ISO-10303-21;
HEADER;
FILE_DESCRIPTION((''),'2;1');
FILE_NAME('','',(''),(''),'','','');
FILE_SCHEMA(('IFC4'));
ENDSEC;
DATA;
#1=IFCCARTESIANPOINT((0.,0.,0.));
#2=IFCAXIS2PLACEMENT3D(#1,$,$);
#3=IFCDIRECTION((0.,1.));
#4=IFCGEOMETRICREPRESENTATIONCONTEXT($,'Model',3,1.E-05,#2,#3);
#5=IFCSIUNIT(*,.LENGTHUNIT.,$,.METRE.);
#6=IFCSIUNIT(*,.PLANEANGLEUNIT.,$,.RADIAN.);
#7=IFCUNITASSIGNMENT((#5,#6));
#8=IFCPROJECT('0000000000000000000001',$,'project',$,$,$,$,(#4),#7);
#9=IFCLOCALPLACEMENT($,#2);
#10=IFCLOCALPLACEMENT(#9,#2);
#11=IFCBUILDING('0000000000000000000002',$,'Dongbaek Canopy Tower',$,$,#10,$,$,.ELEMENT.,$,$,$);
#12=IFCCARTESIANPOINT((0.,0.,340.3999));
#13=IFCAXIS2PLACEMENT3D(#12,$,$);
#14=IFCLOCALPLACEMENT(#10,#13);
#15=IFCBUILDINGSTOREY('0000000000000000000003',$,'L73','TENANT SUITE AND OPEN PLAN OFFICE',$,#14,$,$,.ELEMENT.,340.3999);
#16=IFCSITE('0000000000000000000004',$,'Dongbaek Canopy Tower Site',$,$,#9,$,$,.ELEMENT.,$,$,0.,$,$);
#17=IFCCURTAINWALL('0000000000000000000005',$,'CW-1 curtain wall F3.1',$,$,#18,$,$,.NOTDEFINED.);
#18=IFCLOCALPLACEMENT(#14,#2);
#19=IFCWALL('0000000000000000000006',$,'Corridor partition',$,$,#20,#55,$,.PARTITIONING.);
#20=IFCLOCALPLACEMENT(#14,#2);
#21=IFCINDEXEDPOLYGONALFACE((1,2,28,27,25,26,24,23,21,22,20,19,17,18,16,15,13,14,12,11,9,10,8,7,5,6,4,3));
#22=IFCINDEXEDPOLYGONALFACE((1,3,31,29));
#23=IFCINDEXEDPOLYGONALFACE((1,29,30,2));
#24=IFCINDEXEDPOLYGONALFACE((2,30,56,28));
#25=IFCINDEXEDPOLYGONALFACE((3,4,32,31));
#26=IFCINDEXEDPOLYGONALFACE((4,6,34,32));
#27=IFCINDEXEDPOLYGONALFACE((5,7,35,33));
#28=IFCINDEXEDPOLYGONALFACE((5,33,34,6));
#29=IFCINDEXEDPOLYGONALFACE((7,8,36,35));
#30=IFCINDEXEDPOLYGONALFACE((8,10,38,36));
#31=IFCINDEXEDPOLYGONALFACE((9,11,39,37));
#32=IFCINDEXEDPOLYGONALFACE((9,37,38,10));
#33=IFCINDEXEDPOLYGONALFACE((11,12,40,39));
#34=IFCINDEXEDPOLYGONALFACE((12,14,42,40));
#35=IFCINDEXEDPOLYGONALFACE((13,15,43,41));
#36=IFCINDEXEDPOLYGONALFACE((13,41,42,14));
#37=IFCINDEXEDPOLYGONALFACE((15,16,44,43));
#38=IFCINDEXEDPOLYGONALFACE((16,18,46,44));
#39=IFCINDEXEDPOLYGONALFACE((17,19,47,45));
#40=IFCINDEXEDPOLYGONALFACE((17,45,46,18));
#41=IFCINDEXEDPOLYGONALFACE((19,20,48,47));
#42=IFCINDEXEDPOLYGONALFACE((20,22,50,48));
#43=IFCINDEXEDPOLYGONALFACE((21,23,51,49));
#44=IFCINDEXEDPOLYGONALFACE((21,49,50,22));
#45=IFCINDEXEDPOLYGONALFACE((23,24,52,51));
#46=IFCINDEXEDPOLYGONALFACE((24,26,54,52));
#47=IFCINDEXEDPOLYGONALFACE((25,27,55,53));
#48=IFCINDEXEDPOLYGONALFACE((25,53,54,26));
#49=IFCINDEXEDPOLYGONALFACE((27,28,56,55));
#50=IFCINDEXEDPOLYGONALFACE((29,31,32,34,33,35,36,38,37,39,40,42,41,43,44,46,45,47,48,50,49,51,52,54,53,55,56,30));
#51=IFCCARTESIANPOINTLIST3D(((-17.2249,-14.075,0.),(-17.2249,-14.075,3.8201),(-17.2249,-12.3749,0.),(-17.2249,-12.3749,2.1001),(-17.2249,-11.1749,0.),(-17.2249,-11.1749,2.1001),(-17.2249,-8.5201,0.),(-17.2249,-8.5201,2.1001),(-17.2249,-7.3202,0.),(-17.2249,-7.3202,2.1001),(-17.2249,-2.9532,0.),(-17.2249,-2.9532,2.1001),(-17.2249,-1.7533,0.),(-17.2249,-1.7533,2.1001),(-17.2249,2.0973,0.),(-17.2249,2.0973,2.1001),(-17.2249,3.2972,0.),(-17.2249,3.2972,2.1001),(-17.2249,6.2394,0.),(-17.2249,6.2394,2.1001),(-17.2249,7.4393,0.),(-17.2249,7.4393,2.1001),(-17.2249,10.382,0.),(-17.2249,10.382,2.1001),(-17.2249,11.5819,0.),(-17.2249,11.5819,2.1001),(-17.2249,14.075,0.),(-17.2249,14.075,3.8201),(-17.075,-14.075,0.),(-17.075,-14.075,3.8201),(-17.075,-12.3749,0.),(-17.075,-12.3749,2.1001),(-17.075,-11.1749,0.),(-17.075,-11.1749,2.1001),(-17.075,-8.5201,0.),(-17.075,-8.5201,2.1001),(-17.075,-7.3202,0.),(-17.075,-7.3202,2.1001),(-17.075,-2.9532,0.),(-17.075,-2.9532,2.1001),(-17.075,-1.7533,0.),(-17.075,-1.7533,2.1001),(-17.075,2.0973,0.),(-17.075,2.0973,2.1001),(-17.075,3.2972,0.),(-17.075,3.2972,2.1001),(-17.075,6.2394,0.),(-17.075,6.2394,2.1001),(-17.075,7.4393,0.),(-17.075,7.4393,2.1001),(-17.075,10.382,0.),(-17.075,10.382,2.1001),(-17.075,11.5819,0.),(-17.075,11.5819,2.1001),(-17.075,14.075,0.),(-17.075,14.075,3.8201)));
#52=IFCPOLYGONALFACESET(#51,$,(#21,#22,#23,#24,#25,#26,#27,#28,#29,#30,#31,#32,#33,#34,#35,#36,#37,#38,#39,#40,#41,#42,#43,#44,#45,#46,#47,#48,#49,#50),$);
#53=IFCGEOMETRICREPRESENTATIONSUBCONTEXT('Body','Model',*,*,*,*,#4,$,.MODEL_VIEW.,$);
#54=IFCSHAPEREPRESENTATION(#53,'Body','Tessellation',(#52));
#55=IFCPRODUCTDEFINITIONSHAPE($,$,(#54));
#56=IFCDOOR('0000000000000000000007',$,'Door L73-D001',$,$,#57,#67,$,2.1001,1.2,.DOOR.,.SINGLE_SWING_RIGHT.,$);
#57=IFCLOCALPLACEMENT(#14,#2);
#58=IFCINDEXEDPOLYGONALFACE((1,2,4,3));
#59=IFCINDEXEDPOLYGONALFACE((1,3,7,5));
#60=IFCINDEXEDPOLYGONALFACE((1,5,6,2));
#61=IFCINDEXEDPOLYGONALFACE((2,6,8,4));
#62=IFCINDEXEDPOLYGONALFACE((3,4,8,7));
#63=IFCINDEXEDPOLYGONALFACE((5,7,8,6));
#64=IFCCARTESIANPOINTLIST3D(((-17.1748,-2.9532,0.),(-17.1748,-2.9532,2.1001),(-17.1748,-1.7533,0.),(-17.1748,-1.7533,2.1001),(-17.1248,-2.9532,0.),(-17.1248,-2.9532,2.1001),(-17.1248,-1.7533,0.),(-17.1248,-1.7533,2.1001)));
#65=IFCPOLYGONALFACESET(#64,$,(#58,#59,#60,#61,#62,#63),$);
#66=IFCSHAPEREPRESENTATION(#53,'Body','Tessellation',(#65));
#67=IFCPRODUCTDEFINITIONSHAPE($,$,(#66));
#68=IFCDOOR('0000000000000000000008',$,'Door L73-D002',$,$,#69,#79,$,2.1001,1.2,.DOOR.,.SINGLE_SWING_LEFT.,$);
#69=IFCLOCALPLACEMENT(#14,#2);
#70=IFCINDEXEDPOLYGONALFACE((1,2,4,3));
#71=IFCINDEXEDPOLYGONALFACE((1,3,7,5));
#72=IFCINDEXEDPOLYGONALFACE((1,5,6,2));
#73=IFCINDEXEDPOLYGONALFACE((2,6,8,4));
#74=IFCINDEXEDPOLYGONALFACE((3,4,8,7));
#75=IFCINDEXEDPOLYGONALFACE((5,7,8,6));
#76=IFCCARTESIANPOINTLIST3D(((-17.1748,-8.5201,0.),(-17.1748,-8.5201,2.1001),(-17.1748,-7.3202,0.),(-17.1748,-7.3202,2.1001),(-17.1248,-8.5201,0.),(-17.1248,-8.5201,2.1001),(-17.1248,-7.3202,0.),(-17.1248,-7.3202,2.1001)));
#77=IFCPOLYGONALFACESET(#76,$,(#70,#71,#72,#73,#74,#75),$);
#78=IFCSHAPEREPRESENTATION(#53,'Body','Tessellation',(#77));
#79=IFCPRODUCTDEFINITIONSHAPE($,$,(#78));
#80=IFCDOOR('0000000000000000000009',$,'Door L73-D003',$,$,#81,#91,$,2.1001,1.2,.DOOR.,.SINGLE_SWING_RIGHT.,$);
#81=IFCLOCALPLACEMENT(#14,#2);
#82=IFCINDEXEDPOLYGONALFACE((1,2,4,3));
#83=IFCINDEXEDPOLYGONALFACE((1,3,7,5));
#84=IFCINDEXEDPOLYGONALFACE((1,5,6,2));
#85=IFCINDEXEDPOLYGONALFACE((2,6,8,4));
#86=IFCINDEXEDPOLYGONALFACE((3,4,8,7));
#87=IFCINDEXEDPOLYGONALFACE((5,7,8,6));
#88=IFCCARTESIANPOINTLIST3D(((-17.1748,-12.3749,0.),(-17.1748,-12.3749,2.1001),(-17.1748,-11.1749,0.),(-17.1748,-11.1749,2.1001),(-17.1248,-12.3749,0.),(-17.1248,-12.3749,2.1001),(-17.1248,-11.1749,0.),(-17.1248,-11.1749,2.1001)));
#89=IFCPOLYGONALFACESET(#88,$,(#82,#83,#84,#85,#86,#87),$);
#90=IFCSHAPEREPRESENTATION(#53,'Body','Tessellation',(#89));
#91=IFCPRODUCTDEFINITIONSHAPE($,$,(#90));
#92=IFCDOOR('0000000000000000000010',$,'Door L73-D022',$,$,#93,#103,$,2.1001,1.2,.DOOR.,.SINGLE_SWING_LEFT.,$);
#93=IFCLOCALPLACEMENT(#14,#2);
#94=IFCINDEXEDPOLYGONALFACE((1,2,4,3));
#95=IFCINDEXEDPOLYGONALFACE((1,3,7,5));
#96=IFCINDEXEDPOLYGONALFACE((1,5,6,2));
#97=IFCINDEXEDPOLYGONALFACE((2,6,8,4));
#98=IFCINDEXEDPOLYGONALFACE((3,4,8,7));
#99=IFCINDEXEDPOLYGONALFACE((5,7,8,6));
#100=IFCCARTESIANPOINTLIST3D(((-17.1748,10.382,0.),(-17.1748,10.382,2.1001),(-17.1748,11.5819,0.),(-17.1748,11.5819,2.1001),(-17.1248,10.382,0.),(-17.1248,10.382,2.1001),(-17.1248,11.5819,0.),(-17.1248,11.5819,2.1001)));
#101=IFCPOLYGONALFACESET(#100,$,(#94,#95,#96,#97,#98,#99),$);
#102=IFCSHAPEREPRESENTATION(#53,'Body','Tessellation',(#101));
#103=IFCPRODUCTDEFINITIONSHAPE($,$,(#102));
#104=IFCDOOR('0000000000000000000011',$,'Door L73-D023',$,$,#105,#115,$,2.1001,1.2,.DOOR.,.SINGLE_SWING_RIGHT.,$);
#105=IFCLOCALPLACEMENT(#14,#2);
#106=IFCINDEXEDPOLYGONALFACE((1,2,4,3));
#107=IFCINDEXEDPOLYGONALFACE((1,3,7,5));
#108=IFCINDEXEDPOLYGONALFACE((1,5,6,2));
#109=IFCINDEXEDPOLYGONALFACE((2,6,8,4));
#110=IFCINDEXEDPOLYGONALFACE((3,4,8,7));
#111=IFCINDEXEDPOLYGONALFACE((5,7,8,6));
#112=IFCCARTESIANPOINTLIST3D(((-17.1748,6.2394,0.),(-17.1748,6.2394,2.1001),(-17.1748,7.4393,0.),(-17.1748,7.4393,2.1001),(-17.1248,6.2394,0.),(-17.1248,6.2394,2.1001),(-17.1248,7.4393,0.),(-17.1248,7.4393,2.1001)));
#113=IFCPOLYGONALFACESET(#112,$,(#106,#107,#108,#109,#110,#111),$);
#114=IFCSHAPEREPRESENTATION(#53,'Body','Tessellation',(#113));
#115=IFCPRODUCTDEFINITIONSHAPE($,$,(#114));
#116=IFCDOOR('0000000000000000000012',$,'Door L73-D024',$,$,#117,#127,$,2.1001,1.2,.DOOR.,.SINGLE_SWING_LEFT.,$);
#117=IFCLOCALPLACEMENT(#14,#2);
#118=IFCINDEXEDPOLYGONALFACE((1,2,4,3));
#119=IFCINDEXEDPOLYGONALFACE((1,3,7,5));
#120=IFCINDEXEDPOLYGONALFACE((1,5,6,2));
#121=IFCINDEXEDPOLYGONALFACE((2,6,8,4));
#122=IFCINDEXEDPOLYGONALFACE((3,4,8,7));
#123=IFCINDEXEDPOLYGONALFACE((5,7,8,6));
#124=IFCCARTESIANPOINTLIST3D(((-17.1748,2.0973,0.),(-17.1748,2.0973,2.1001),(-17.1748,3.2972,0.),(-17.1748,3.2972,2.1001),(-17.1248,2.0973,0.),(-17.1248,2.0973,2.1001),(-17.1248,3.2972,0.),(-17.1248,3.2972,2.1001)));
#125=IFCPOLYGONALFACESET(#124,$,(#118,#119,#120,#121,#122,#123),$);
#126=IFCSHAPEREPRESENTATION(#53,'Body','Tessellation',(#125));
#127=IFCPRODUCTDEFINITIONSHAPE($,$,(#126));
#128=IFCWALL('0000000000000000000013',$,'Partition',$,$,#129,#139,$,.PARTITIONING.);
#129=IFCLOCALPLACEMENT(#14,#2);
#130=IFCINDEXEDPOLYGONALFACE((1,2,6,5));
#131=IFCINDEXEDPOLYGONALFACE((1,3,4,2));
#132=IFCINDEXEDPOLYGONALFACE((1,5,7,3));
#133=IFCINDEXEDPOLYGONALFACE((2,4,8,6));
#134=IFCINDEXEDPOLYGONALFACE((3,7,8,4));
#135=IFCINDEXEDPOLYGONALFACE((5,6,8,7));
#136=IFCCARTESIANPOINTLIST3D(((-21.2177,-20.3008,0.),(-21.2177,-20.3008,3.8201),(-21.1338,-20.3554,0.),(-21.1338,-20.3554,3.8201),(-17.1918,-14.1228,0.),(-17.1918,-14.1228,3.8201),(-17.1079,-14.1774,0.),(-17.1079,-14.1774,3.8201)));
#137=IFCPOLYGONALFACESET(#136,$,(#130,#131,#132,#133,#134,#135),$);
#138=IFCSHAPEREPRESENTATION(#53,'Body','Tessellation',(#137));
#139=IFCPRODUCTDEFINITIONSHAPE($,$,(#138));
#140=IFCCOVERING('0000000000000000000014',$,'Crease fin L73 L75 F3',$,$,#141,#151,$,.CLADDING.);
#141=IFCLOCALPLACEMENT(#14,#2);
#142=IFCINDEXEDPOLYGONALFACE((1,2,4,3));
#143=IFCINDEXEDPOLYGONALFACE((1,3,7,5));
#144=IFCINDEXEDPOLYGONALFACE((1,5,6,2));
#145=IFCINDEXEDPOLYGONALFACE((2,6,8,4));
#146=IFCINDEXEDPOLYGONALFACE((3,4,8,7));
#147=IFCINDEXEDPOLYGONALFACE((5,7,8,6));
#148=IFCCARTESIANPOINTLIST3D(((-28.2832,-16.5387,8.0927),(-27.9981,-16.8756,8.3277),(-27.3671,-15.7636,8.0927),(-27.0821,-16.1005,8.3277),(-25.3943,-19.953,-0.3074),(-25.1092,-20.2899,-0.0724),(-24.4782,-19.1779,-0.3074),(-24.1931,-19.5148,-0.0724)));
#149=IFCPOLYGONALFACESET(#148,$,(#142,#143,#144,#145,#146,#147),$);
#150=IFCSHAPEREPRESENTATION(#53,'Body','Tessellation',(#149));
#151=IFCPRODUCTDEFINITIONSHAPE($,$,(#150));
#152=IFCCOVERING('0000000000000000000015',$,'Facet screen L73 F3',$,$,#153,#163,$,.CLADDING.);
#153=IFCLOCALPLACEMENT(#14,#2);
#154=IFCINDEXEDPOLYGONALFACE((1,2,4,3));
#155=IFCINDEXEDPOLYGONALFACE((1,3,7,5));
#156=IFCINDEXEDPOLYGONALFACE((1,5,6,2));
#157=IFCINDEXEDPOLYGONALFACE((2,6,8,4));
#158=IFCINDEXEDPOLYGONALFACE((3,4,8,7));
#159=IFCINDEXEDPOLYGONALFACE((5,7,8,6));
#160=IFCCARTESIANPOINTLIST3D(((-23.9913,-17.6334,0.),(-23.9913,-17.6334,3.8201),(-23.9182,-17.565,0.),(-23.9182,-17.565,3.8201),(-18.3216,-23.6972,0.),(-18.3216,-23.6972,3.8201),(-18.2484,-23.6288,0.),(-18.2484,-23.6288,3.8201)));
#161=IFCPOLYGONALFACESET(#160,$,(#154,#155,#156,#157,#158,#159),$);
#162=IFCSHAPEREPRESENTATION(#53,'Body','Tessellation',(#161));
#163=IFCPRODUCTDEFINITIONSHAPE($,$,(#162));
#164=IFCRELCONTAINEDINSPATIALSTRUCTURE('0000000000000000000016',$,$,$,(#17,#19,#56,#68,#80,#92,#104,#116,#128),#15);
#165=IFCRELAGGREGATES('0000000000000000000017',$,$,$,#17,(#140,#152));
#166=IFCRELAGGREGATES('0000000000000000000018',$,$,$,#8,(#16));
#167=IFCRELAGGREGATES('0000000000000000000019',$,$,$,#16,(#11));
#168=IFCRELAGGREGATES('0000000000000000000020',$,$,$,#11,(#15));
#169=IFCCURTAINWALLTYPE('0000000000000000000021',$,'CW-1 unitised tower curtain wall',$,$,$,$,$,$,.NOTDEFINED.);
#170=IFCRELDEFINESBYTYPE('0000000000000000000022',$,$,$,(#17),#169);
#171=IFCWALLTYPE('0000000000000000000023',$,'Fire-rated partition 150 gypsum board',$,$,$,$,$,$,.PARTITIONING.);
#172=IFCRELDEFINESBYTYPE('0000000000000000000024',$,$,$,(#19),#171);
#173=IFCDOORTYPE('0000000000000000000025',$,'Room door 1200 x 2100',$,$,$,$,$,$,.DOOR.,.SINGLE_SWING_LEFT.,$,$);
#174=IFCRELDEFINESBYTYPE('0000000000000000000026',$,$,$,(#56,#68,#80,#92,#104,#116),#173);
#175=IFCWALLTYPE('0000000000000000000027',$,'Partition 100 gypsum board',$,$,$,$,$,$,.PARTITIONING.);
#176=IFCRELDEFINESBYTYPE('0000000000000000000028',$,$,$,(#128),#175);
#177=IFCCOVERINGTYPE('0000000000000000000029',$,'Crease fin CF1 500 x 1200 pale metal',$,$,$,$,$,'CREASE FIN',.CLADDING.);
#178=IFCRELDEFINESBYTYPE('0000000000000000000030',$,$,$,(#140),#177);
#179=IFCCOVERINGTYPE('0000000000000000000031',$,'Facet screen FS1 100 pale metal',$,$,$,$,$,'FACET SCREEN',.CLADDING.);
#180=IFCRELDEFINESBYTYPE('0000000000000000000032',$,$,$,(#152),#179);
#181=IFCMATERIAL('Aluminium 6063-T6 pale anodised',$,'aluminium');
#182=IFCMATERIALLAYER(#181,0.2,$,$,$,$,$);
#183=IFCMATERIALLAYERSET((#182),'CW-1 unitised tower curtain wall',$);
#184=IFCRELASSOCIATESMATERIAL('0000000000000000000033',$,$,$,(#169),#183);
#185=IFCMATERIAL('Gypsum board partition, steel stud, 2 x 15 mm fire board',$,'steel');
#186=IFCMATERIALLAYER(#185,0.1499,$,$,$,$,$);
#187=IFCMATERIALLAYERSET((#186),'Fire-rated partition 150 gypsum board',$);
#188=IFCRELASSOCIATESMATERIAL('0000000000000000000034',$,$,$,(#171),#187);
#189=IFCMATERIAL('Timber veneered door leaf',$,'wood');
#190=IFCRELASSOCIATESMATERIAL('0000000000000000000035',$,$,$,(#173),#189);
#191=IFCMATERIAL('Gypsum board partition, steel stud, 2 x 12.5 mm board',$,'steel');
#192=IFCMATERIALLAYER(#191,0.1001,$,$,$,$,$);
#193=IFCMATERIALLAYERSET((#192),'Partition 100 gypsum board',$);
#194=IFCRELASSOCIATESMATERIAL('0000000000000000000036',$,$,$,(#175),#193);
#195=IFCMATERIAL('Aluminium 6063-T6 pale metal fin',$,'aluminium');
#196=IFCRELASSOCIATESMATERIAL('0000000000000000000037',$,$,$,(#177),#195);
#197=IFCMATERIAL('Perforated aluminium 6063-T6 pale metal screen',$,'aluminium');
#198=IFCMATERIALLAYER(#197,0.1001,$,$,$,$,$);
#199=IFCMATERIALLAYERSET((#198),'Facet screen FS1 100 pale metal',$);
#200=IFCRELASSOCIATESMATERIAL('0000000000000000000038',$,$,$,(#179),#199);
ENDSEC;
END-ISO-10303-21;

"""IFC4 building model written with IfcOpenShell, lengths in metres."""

from ifc_helpers import new_model, si_unit, direction, frame, frame_2d, origin, origin_2d, place, context, subcontext, project, spatial, rectangle, extrude, material, layer, layer_set, material_profile, profile_set, type_object, element, fill, aggregate, save


model = new_model("IFC4")

# Units and contexts
model_context = context("Model", 3, precision=1e-05, world=origin(), true_north=direction((0.0, 1.0)))
body_context = subcontext(model_context, "Body", "Model", "MODEL_VIEW")
ifc_project = project(units=[si_unit("LENGTHUNIT", "METRE"), si_unit("PLANEANGLEUNIT", "RADIAN")], contexts=[model_context])

# Site, building, storey
site_placement = place(None, origin())
site = spatial("IfcSite", under=ifc_project, at=site_placement, Name="Dongbaek Canopy Tower Site", CompositionType="ELEMENT", RefElevation=0.0)
building_placement = place(site_placement, origin())
building = spatial("IfcBuilding", under=site, at=building_placement, Name="Dongbaek Canopy Tower", CompositionType="ELEMENT")
storey_placement = place(building_placement, frame((0.0, 0.0, 340.3999)))
storey = spatial("IfcBuildingStorey", under=building, at=storey_placement, Name="L73", Description="TENANT SUITE AND OPEN PLAN OFFICE", CompositionType="ELEMENT", Elevation=340.3999)

# Curtain wall
ifc_material_1 = material(Name="Aluminium 6063-T6 pale anodised", Category="aluminium")
ifc_layer_1 = layer(ifc_material_1, 0.2)
ifc_layer_set_1 = layer_set([ifc_layer_1], Name="CW-1 unitised tower curtain wall")
curtain_wall_type = type_object("IfcCurtainWallType", Name="CW-1 unitised tower curtain wall", PredefinedType="NOTDEFINED", material=ifc_layer_set_1)
curtain_wall_1_placement = place(storey_placement, origin())
curtain_wall_1 = element("IfcCurtainWall", 1, at=curtain_wall_1_placement, inside=storey, type_object=curtain_wall_type, Name="CW-1 curtain wall F3.1", PredefinedType="NOTDEFINED")

# Wall, openings, doors
ifc_material_2 = material(Name="Gypsum board partition, steel stud, 2 x 15 mm fire board", Category="steel")
ifc_layer_2 = layer(ifc_material_2, 0.1499)
ifc_layer_set_2 = layer_set([ifc_layer_2], Name="Fire-rated partition 150 gypsum board")
wall_type_1 = type_object("IfcWallType", Name="Fire-rated partition 150 gypsum board", PredefinedType="PARTITIONING", material=ifc_layer_set_2)
wall_1_placement = place(storey_placement, frame((-17.1499, -14.075, 0.0), z_axis=(0.0, 0.0, 1.0), x_axis=(0.0, 1.0, 0.0)))
wall_1 = element("IfcWall", 2, at=wall_1_placement, inside=storey, type_object=wall_type_1, Name="Corridor partition", PredefinedType="PARTITIONING", context=body_context, shape_type="SweptSolid", body=[
    extrude(rectangle(XDim=28.1499, YDim=0.1499, at=frame_2d((14.075, 0.0))), origin(), (0.0, 0.0, 1.0), 3.8201),
])
opening_1_placement = place(wall_1_placement, frame((11.1216, 0.0, 0.0)))
opening_1 = element("IfcOpeningElement", 3, at=opening_1_placement, cuts=wall_1, PredefinedType="OPENING", context=body_context, shape_type="SweptSolid", body=[
    extrude(rectangle(XDim=1.2, YDim=2.1001, at=frame_2d((0.6001, 1.05))), frame((0.0, 0.085, 0.0), z_axis=(0.0, -1.0, 0.0), x_axis=(1.0, 0.0, 0.0)), (0.0, 0.0, 1.0), 0.1699),
])
opening_2_placement = place(wall_1_placement, frame((5.5547, 0.0, 0.0)))
opening_2 = element("IfcOpeningElement", 4, at=opening_2_placement, cuts=wall_1, PredefinedType="OPENING", context=body_context, shape_type="SweptSolid", body=[
    extrude(rectangle(XDim=1.2, YDim=2.1001, at=frame_2d((0.6001, 1.05))), frame((0.0, 0.085, 0.0), z_axis=(0.0, -1.0, 0.0), x_axis=(1.0, 0.0, 0.0)), (0.0, 0.0, 1.0), 0.1699),
])
opening_3_placement = place(wall_1_placement, frame((1.7, 0.0, 0.0)))
opening_3 = element("IfcOpeningElement", 5, at=opening_3_placement, cuts=wall_1, PredefinedType="OPENING", context=body_context, shape_type="SweptSolid", body=[
    extrude(rectangle(XDim=1.2, YDim=2.1001, at=frame_2d((0.6001, 1.05))), frame((0.0, 0.085, 0.0), z_axis=(0.0, -1.0, 0.0), x_axis=(1.0, 0.0, 0.0)), (0.0, 0.0, 1.0), 0.1699),
])
opening_4_placement = place(wall_1_placement, frame((24.4568, 0.0, 0.0)))
opening_4 = element("IfcOpeningElement", 6, at=opening_4_placement, cuts=wall_1, PredefinedType="OPENING", context=body_context, shape_type="SweptSolid", body=[
    extrude(rectangle(XDim=1.2, YDim=2.1001, at=frame_2d((0.6001, 1.05))), frame((0.0, 0.085, 0.0), z_axis=(0.0, -1.0, 0.0), x_axis=(1.0, 0.0, 0.0)), (0.0, 0.0, 1.0), 0.1699),
])
opening_5_placement = place(wall_1_placement, frame((20.3142, 0.0, 0.0)))
opening_5 = element("IfcOpeningElement", 7, at=opening_5_placement, cuts=wall_1, PredefinedType="OPENING", context=body_context, shape_type="SweptSolid", body=[
    extrude(rectangle(XDim=1.2, YDim=2.1001, at=frame_2d((0.6001, 1.05))), frame((0.0, 0.085, 0.0), z_axis=(0.0, -1.0, 0.0), x_axis=(1.0, 0.0, 0.0)), (0.0, 0.0, 1.0), 0.1699),
])
opening_6_placement = place(wall_1_placement, frame((16.1721, 0.0, 0.0)))
opening_6 = element("IfcOpeningElement", 8, at=opening_6_placement, cuts=wall_1, PredefinedType="OPENING", context=body_context, shape_type="SweptSolid", body=[
    extrude(rectangle(XDim=1.2, YDim=2.1001, at=frame_2d((0.6001, 1.05))), frame((0.0, 0.085, 0.0), z_axis=(0.0, -1.0, 0.0), x_axis=(1.0, 0.0, 0.0)), (0.0, 0.0, 1.0), 0.1699),
])
ifc_material_3 = material(Name="Timber veneered door leaf", Category="wood")
door_type = type_object("IfcDoorType", Name="Room door 1200 x 2100", OperationType="SINGLE_SWING_LEFT", PredefinedType="DOOR", material=ifc_material_3)
door_1_placement = place(opening_1_placement, origin())
door_1 = element("IfcDoor", 9, at=door_1_placement, inside=storey, type_object=door_type, Name="Door L73-D001", OperationType="SINGLE_SWING_RIGHT", OverallHeight=2.1001, OverallWidth=1.2, PredefinedType="DOOR", context=body_context, shape_type="SweptSolid", body=[
    extrude(rectangle(XDim=1.2, YDim=2.1001, at=frame_2d((0.6001, 1.05))), frame((0.0, 0.0249, 0.0), z_axis=(0.0, -1.0, 0.0), x_axis=(1.0, 0.0, 0.0)), (0.0, 0.0, 1.0), 0.05),
])
fill(opening_1, door_1)
door_2_placement = place(opening_2_placement, origin())
door_2 = element("IfcDoor", 10, at=door_2_placement, inside=storey, type_object=door_type, Name="Door L73-D002", OperationType="SINGLE_SWING_LEFT", OverallHeight=2.1001, OverallWidth=1.2, PredefinedType="DOOR", context=body_context, shape_type="SweptSolid", body=[
    extrude(rectangle(XDim=1.2, YDim=2.1001, at=frame_2d((0.6001, 1.05))), frame((0.0, 0.0249, 0.0), z_axis=(0.0, -1.0, 0.0), x_axis=(1.0, 0.0, 0.0)), (0.0, 0.0, 1.0), 0.05),
])
fill(opening_2, door_2)
door_3_placement = place(opening_3_placement, origin())
door_3 = element("IfcDoor", 11, at=door_3_placement, inside=storey, type_object=door_type, Name="Door L73-D003", OperationType="SINGLE_SWING_RIGHT", OverallHeight=2.1001, OverallWidth=1.2, PredefinedType="DOOR", context=body_context, shape_type="SweptSolid", body=[
    extrude(rectangle(XDim=1.2, YDim=2.1001, at=frame_2d((0.6001, 1.05))), frame((0.0, 0.0249, 0.0), z_axis=(0.0, -1.0, 0.0), x_axis=(1.0, 0.0, 0.0)), (0.0, 0.0, 1.0), 0.05),
])
fill(opening_3, door_3)
door_4_placement = place(opening_4_placement, origin())
door_4 = element("IfcDoor", 12, at=door_4_placement, inside=storey, type_object=door_type, Name="Door L73-D022", OperationType="SINGLE_SWING_LEFT", OverallHeight=2.1001, OverallWidth=1.2, PredefinedType="DOOR", context=body_context, shape_type="SweptSolid", body=[
    extrude(rectangle(XDim=1.2, YDim=2.1001, at=frame_2d((0.6001, 1.05))), frame((0.0, 0.0249, 0.0), z_axis=(0.0, -1.0, 0.0), x_axis=(1.0, 0.0, 0.0)), (0.0, 0.0, 1.0), 0.05),
])
fill(opening_4, door_4)
door_5_placement = place(opening_5_placement, origin())
door_5 = element("IfcDoor", 13, at=door_5_placement, inside=storey, type_object=door_type, Name="Door L73-D023", OperationType="SINGLE_SWING_RIGHT", OverallHeight=2.1001, OverallWidth=1.2, PredefinedType="DOOR", context=body_context, shape_type="SweptSolid", body=[
    extrude(rectangle(XDim=1.2, YDim=2.1001, at=frame_2d((0.6001, 1.05))), frame((0.0, 0.0249, 0.0), z_axis=(0.0, -1.0, 0.0), x_axis=(1.0, 0.0, 0.0)), (0.0, 0.0, 1.0), 0.05),
])
fill(opening_5, door_5)
door_6_placement = place(opening_6_placement, origin())
door_6 = element("IfcDoor", 14, at=door_6_placement, inside=storey, type_object=door_type, Name="Door L73-D024", OperationType="SINGLE_SWING_LEFT", OverallHeight=2.1001, OverallWidth=1.2, PredefinedType="DOOR", context=body_context, shape_type="SweptSolid", body=[
    extrude(rectangle(XDim=1.2, YDim=2.1001, at=frame_2d((0.6001, 1.05))), frame((0.0, 0.0249, 0.0), z_axis=(0.0, -1.0, 0.0), x_axis=(1.0, 0.0, 0.0)), (0.0, 0.0, 1.0), 0.05),
])
fill(opening_6, door_6)

# Wall
ifc_material_4 = material(Name="Gypsum board partition, steel stud, 2 x 12.5 mm board", Category="steel")
ifc_layer_3 = layer(ifc_material_4, 0.1001)
ifc_layer_set_3 = layer_set([ifc_layer_3], Name="Partition 100 gypsum board")
wall_type_2 = type_object("IfcWallType", Name="Partition 100 gypsum board", PredefinedType="PARTITIONING", material=ifc_layer_set_3)
wall_2_placement = place(storey_placement, frame((-21.1758, -20.3281, 0.0), z_axis=(0.0, 0.0, 1.0), x_axis=(0.54596, 0.837811, 0.0)))
element("IfcWall", 15, at=wall_2_placement, inside=storey, type_object=wall_type_2, Name="Partition", PredefinedType="PARTITIONING", context=body_context, shape_type="SweptSolid", body=[
    extrude(rectangle(XDim=7.374, YDim=0.1001, at=frame_2d((3.687, 0.0))), origin(), (0.0, 0.0, 1.0), 3.8201),
])

# Coverings
ifc_material_5 = material(Name="Aluminium 6063-T6 pale metal fin", Category="aluminium")
ifc_material_profile_1 = material_profile(ifc_material_5, rectangle(XDim=1.2, YDim=0.5, at=origin_2d()), Name="Crease fin CF1 500 x 1200 pale metal")
ifc_profile_set_1 = profile_set([ifc_material_profile_1], Name="Aluminium 6063-T6 pale metal fin")
covering_type_1 = type_object("IfcCoveringType", Name="Crease fin CF1 500 x 1200 pale metal", ElementType="CREASE FIN", PredefinedType="CLADDING", material=ifc_profile_set_1)
covering_1_placement = place(storey_placement, frame((-24.7937, -19.7339, -0.1899), z_axis=(-0.303566, 0.358774, 0.882683), x_axis=(-0.763399, -0.645928, 0.0)))
covering_1 = element("IfcCovering", 16, at=covering_1_placement, type_object=covering_type_1, Name="Crease fin L73 L75 F3", PredefinedType="CLADDING", context=body_context, shape_type="SweptSolid", body=[
    extrude(rectangle(XDim=1.2, YDim=0.5, at=origin_2d()), origin(), (0.0, 0.0, 1.0), 9.5166),
])
ifc_material_6 = material(Name="Perforated aluminium 6063-T6 pale metal screen", Category="aluminium")
ifc_layer_4 = layer(ifc_material_6, 0.1001)
ifc_layer_set_4 = layer_set([ifc_layer_4], Name="Facet screen FS1 100 pale metal")
covering_type_2 = type_object("IfcCoveringType", Name="Facet screen FS1 100 pale metal", ElementType="FACET SCREEN", PredefinedType="CLADDING", material=ifc_layer_set_4)
covering_2_placement = place(storey_placement, frame((-21.1199, -20.6311, 0.0), z_axis=(0.0, 0.0, 1.0), x_axis=(0.682978, -0.730439, 0.0)))
covering_2 = element("IfcCovering", 17, at=covering_2_placement, type_object=covering_type_2, Name="Facet screen L73 F3", PredefinedType="CLADDING", context=body_context, shape_type="SweptSolid", body=[
    extrude(rectangle(XDim=8.3015, YDim=0.1001, at=origin_2d()), origin(), (0.0, 0.0, 1.0), 3.8201),
])
aggregate(curtain_wall_1, [covering_1, covering_2])

save(model, "model.ifc")
